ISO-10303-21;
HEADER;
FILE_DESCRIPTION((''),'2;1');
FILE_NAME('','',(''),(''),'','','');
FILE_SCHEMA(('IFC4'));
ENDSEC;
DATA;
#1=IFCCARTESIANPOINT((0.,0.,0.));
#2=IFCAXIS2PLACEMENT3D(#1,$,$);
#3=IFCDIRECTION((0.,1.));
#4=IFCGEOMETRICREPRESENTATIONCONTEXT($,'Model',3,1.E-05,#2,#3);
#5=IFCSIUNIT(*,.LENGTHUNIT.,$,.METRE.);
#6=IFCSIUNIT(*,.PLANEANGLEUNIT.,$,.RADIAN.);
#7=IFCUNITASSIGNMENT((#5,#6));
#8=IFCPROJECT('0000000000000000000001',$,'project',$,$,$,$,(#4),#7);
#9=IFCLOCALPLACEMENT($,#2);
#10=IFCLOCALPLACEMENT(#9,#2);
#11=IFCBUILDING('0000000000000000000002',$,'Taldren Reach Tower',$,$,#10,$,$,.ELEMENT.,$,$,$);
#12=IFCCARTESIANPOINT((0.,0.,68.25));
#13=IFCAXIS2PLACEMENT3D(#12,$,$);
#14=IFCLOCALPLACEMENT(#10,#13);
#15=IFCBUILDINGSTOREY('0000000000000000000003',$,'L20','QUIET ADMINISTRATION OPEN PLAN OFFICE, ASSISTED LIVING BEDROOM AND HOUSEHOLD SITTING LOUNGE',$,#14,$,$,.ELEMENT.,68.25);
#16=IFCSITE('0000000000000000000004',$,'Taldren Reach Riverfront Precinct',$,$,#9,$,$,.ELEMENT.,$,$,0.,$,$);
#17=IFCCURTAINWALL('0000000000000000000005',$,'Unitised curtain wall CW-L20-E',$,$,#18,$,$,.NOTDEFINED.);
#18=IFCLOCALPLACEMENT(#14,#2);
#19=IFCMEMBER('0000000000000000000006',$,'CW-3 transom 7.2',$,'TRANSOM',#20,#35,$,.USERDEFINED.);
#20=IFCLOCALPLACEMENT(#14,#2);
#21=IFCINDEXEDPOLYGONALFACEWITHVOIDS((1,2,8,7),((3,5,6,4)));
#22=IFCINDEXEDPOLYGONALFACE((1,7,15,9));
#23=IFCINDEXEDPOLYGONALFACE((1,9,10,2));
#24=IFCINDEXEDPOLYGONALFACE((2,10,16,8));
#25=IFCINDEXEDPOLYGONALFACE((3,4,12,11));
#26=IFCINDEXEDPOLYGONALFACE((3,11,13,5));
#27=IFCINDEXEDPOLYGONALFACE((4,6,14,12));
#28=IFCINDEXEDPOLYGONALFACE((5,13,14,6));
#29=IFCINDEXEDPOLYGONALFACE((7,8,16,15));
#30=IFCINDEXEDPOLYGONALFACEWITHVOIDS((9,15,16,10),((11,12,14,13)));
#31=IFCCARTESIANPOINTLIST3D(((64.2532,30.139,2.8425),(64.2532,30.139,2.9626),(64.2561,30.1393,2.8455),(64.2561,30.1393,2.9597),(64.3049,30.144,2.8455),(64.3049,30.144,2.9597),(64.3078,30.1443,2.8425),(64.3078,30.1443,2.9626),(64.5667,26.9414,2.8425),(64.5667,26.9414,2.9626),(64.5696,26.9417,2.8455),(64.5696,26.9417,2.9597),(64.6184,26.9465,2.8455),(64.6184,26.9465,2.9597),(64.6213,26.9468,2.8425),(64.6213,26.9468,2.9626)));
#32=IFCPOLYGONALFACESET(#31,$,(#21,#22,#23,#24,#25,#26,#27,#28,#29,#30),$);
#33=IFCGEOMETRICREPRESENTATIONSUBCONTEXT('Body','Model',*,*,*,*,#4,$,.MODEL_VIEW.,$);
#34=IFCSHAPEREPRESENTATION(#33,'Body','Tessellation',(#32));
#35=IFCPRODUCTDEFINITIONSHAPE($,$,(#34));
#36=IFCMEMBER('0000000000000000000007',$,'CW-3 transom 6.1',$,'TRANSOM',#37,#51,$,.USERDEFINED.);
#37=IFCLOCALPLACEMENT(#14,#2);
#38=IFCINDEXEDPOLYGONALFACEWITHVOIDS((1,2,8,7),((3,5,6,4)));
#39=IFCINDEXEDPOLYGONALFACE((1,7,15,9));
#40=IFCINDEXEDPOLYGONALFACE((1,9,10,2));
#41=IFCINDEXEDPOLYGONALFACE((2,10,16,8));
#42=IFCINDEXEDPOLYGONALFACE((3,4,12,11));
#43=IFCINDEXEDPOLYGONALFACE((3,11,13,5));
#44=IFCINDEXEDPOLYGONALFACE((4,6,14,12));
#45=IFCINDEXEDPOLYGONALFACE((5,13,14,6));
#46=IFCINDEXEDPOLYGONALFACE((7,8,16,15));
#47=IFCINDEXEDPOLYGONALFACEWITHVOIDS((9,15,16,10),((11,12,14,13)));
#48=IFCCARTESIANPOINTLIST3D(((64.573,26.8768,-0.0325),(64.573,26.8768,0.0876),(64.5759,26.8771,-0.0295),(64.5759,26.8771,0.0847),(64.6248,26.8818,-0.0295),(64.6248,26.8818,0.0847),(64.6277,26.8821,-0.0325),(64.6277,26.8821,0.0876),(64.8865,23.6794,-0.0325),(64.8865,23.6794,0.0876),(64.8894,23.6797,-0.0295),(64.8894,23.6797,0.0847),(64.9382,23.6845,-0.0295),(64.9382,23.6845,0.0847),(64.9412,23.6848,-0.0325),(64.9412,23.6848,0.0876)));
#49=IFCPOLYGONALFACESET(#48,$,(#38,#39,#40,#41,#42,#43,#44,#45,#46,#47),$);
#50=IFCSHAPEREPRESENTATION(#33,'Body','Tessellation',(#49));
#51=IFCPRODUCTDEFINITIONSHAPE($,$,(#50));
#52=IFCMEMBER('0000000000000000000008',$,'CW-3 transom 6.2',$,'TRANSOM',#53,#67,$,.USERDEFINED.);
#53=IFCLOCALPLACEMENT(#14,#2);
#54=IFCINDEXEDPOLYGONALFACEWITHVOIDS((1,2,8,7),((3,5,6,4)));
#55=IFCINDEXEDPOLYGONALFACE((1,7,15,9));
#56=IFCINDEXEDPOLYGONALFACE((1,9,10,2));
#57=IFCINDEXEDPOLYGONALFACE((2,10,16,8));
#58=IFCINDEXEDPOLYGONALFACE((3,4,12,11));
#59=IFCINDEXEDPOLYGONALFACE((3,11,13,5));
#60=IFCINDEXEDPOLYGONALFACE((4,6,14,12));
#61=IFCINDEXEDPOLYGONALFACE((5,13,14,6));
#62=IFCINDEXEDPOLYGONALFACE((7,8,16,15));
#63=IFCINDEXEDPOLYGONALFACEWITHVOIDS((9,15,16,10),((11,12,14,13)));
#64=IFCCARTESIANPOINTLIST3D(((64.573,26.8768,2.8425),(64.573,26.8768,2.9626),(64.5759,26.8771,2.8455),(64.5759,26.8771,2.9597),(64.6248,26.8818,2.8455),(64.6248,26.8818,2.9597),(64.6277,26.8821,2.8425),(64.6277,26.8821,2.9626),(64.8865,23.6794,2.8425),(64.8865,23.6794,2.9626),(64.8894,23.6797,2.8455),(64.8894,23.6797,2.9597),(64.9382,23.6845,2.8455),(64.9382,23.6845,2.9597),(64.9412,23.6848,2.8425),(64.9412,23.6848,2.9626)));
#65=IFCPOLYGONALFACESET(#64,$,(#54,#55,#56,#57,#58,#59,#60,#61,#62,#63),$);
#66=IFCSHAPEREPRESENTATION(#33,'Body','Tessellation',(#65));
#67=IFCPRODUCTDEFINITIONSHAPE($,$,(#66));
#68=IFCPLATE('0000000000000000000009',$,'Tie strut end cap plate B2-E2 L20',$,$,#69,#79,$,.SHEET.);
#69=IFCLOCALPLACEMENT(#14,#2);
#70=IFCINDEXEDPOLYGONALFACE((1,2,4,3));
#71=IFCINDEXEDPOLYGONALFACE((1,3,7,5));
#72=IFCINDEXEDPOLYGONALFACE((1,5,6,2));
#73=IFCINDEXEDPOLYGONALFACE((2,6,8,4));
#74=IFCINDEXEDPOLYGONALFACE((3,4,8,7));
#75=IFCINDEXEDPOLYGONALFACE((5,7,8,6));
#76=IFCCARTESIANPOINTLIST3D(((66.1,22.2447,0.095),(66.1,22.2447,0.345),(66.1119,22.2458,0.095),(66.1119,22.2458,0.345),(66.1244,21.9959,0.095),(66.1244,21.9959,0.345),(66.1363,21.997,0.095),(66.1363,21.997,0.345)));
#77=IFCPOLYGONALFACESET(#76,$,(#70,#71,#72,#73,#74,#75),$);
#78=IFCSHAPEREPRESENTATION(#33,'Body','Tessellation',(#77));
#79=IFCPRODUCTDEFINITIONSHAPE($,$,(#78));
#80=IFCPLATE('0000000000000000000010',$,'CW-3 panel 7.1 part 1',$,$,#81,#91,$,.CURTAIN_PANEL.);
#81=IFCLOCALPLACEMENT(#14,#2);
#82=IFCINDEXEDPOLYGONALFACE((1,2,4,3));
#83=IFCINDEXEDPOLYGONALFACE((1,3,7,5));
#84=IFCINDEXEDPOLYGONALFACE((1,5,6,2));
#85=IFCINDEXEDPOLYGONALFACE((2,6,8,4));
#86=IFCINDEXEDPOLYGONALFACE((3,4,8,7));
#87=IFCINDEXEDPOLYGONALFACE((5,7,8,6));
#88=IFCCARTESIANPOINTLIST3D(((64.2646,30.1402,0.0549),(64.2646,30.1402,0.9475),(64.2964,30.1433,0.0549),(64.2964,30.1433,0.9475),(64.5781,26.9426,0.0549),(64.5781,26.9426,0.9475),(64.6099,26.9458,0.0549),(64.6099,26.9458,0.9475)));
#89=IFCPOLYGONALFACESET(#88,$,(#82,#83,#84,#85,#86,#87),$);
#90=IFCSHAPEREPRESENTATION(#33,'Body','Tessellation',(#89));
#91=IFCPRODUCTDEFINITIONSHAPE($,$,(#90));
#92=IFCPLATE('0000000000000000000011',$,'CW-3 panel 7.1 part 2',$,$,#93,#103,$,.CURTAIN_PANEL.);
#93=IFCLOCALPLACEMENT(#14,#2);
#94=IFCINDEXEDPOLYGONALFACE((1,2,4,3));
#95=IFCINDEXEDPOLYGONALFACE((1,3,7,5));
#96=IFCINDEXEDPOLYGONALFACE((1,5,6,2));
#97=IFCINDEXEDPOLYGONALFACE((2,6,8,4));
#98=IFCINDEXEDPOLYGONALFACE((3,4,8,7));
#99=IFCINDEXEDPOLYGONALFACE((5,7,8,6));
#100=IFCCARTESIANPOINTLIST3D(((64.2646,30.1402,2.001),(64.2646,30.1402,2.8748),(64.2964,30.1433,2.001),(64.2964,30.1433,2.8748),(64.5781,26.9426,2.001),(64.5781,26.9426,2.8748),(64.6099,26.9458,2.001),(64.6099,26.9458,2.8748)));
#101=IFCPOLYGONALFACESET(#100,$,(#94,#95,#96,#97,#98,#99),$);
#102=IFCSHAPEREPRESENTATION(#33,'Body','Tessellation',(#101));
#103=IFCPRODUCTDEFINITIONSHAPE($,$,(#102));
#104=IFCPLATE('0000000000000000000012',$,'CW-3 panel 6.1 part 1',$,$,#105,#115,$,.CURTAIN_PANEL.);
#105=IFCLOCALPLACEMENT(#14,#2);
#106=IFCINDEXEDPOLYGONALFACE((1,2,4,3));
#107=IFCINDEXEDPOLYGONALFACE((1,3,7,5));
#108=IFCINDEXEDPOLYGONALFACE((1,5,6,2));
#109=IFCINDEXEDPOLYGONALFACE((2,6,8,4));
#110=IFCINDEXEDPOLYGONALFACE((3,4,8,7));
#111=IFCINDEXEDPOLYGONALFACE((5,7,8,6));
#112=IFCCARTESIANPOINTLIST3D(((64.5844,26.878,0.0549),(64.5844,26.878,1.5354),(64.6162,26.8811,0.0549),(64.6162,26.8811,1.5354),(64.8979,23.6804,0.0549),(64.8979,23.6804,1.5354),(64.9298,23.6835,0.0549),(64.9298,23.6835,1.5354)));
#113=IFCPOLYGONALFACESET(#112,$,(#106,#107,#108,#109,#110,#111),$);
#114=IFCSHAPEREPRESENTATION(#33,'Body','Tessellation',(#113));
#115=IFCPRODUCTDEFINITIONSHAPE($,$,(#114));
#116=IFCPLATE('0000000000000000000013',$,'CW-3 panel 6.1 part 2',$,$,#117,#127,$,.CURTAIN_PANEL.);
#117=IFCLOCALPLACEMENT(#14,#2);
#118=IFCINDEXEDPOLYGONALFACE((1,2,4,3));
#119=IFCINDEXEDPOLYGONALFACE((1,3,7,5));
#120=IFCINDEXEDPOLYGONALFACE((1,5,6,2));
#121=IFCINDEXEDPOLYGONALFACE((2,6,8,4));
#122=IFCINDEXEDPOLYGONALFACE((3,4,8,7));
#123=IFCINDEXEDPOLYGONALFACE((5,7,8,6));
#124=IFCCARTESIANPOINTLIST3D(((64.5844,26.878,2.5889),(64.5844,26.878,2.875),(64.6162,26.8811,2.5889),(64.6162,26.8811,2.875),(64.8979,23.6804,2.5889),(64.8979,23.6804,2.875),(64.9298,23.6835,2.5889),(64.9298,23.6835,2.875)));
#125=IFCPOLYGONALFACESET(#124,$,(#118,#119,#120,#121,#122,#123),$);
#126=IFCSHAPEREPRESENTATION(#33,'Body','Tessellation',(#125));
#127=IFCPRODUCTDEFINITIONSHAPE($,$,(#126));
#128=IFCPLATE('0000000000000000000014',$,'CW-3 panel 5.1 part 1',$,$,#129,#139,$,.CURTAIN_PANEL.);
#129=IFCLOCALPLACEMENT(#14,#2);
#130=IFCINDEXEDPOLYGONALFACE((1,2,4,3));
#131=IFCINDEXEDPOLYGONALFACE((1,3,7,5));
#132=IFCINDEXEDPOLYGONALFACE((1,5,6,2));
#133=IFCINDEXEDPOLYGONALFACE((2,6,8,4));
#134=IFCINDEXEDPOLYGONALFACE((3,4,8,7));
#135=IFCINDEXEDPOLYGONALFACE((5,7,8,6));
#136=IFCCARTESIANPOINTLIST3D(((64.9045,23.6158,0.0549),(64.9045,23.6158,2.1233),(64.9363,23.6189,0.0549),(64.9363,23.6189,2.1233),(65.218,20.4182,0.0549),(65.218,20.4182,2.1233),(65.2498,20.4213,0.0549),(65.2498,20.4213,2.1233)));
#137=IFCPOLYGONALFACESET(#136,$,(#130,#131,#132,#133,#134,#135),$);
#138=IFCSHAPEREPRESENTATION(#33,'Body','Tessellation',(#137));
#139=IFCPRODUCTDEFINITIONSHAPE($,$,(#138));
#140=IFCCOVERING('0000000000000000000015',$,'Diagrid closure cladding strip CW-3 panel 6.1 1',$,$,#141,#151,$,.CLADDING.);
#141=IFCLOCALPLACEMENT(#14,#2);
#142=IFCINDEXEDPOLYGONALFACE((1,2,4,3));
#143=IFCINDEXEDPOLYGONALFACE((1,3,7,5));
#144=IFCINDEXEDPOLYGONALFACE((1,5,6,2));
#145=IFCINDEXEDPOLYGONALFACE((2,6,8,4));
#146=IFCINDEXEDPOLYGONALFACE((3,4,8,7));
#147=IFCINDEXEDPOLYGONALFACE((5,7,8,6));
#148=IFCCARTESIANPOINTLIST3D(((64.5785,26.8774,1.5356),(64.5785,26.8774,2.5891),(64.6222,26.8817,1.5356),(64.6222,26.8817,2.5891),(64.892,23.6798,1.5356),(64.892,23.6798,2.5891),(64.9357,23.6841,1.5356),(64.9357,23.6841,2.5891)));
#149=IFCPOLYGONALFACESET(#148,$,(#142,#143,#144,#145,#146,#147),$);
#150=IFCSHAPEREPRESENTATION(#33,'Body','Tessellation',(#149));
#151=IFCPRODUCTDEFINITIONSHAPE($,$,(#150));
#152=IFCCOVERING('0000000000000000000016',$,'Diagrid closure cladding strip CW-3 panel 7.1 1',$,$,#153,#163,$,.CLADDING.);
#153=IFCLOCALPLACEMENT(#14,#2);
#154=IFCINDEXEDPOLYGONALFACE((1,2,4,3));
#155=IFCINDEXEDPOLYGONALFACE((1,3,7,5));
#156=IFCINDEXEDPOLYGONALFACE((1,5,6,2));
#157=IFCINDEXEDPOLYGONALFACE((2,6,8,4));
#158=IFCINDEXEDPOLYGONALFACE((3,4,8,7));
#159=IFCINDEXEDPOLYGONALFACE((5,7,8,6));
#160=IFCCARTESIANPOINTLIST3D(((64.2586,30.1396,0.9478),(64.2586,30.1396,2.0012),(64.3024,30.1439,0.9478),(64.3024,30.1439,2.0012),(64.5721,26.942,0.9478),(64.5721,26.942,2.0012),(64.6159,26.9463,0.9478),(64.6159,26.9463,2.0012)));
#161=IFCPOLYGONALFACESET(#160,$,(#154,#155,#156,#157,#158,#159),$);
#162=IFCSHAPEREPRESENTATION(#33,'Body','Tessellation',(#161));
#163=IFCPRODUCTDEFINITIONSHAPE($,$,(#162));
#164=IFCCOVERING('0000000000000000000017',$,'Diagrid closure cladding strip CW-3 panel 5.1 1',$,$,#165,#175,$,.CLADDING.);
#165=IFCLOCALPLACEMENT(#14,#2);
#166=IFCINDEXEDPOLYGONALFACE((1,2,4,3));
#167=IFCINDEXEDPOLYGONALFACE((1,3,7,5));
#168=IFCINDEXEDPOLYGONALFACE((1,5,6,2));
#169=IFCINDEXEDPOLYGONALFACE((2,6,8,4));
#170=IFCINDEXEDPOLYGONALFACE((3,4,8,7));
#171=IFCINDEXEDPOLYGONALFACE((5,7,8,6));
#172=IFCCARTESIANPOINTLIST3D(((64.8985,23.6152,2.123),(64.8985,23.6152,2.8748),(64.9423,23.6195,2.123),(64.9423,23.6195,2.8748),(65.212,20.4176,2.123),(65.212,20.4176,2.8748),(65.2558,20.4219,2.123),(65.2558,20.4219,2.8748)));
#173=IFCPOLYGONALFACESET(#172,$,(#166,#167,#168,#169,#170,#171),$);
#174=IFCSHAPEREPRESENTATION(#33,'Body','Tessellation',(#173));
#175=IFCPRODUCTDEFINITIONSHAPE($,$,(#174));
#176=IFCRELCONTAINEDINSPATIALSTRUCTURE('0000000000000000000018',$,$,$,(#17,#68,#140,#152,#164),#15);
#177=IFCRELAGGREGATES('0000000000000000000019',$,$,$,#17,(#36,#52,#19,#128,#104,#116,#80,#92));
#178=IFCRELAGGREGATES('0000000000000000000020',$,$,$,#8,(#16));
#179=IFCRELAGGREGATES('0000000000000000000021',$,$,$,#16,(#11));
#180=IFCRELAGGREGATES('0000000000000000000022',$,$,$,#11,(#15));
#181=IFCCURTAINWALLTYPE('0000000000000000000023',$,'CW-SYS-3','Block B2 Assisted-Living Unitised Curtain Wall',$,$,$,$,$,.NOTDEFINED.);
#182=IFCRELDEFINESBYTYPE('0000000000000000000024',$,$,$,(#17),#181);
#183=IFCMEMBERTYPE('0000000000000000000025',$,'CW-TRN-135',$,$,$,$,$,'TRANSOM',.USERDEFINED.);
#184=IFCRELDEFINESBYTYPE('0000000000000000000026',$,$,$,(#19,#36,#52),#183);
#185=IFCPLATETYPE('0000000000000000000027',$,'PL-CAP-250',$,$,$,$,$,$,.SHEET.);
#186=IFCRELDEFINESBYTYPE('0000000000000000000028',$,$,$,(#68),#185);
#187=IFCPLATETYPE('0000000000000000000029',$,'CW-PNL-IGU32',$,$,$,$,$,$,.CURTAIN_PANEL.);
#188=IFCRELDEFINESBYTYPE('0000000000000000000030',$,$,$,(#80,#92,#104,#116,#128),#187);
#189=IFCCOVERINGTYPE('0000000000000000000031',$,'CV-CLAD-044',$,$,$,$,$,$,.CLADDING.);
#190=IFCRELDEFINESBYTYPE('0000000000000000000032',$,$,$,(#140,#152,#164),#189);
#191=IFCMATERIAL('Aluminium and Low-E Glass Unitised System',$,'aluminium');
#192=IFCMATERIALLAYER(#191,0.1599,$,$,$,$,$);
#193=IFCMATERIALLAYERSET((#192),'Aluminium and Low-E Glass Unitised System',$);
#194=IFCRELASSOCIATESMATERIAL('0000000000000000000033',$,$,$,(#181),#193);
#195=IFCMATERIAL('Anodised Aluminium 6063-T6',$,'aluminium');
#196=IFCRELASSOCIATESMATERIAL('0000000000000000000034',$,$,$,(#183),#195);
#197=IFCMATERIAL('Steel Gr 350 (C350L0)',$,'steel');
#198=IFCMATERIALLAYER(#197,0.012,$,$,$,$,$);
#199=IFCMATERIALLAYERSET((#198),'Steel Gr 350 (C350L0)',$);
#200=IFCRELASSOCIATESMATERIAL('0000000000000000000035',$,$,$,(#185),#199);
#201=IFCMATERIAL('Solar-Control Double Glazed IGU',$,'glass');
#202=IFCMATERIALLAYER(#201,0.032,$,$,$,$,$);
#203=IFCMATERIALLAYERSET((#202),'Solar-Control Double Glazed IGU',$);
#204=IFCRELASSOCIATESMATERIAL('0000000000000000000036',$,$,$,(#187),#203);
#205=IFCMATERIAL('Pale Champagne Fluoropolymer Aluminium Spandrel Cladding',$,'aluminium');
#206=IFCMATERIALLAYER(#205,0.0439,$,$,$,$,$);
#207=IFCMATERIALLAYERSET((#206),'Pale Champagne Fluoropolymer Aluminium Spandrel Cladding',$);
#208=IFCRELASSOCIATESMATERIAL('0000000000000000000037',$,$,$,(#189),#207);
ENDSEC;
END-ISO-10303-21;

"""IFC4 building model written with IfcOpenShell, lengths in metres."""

from ifc_helpers import new_model, si_unit, direction, frame, origin, origin_2d, place, context, subcontext, project, spatial, rectangle, hollow_rectangle, extrude, source, transform, mapped, material, layer, layer_set, material_profile, profile_set, type_object, element, aggregate, save


model = new_model("IFC4")

# Units and contexts
model_context = context("Model", 3, precision=1e-05, world=origin(), true_north=direction((0.0, 1.0)))
body_context = subcontext(model_context, "Body", "Model", "MODEL_VIEW")
ifc_project = project(units=[si_unit("LENGTHUNIT", "METRE"), si_unit("PLANEANGLEUNIT", "RADIAN")], contexts=[model_context])

# Site, building, storey
site_placement = place(None, origin())
site = spatial("IfcSite", under=ifc_project, at=site_placement, Name="Taldren Reach Riverfront Precinct", CompositionType="ELEMENT", RefElevation=0.0)
building_placement = place(site_placement, origin())
building = spatial("IfcBuilding", under=site, at=building_placement, Name="Taldren Reach Tower", CompositionType="ELEMENT")
storey_placement = place(building_placement, frame((0.0, 0.0, 68.25)))
storey = spatial("IfcBuildingStorey", under=building, at=storey_placement, Name="L20", Description="QUIET ADMINISTRATION OPEN PLAN OFFICE, ASSISTED LIVING BEDROOM AND HOUSEHOLD SITTING LOUNGE", CompositionType="ELEMENT", Elevation=68.25)

# Shared definitions
ifc_material_1 = material(Name="Steel Gr 350 (C350L0)", Category="steel")

# Curtain wall, members
ifc_material_2 = material(Name="Aluminium and Low-E Glass Unitised System", Category="aluminium")
ifc_layer_1 = layer(ifc_material_2, 0.1599)
ifc_layer_set_1 = layer_set([ifc_layer_1], Name="Aluminium and Low-E Glass Unitised System")
curtain_wall_type = type_object("IfcCurtainWallType", Name="CW-SYS-3", Description="Block B2 Assisted-Living Unitised Curtain Wall", PredefinedType="NOTDEFINED", material=ifc_layer_set_1)
curtain_wall_placement = place(storey_placement, origin())
curtain_wall = element("IfcCurtainWall", 1, at=curtain_wall_placement, inside=storey, type_object=curtain_wall_type, Name="Unitised curtain wall CW-L20-E", PredefinedType="NOTDEFINED")
ifc_material_3 = material(Name="Anodised Aluminium 6063-T6", Category="aluminium")
ifc_material_profile_1 = material_profile(ifc_material_3, hollow_rectangle(XDim=0.0549, YDim=0.1201, WallThickness=0.0029, at=origin_2d()), Name="ALU-120x55x3RHS")
ifc_profile_set_1 = profile_set([ifc_material_profile_1], Name="Anodised Aluminium 6063-T6")
member_type_1 = type_object("IfcMemberType", Name="CW-TRN-135", ElementType="TRANSOM", PredefinedType="USERDEFINED", material=ifc_profile_set_1)
shared_shape_1 = source(origin(), body_context, "Body", "SweptSolid", [
    extrude(hollow_rectangle(XDim=0.0549, YDim=0.1201, WallThickness=0.0029, at=origin_2d()), origin(), (0.0, 0.0, 1.0), 3.2129),
])
member_1_placement = place(storey_placement, frame((64.594, 26.9441, 2.9026), z_axis=(-0.09757, 0.995229, 0.0), x_axis=(-0.995229, -0.09757, 0.0)))
member_1 = element("IfcMember", 2, at=member_1_placement, type_object=member_type_1, Name="CW-3 transom 7.2", ObjectType="TRANSOM", PredefinedType="USERDEFINED", context=body_context, shape_type="MappedRepresentation", body=[
    mapped(shared_shape_1, transform((0.0, 0.0, 0.0), scale=1.0)),
])
shared_shape_2 = source(origin(), body_context, "Body", "SweptSolid", [
    extrude(hollow_rectangle(XDim=0.0549, YDim=0.1201, WallThickness=0.0029, at=origin_2d()), origin(), (0.0, 0.0, 1.0), 3.2126),
])
member_2_placement = place(storey_placement, frame((64.9138, 23.6821, 0.0276), z_axis=(-0.097577, 0.995228, 0.0), x_axis=(-0.995228, -0.097577, 0.0)))
member_2 = element("IfcMember", 3, at=member_2_placement, type_object=member_type_1, Name="CW-3 transom 6.1", ObjectType="TRANSOM", PredefinedType="USERDEFINED", context=body_context, shape_type="MappedRepresentation", body=[
    mapped(shared_shape_2, transform((0.0, 0.0, 0.0), scale=1.0)),
])
member_3_placement = place(storey_placement, frame((64.9138, 23.6821, 2.9026), z_axis=(-0.097577, 0.995228, 0.0), x_axis=(-0.995228, -0.097577, 0.0)))
member_3 = element("IfcMember", 4, at=member_3_placement, type_object=member_type_1, Name="CW-3 transom 6.2", ObjectType="TRANSOM", PredefinedType="USERDEFINED", context=body_context, shape_type="MappedRepresentation", body=[
    mapped(shared_shape_2, transform((0.0, 0.0, 0.0), scale=1.0)),
])

# Plates
ifc_layer_2 = layer(ifc_material_1, 0.012)
ifc_layer_set_2 = layer_set([ifc_layer_2], Name="Steel Gr 350 (C350L0)")
plate_type_1 = type_object("IfcPlateType", Name="PL-CAP-250", PredefinedType="SHEET", material=ifc_layer_set_2)
shared_shape_3 = source(origin(), body_context, "Body", "SweptSolid", [
    extrude(rectangle(XDim=0.012, YDim=0.25, at=origin_2d()), origin(), (0.0, 0.0, 1.0), 0.25),
])
plate_1_placement = place(storey_placement, frame((66.1182, 22.1208, 0.095), z_axis=(0.0, 0.0, 1.0), x_axis=(0.995227, 0.097583, 0.0)))
element("IfcPlate", 5, at=plate_1_placement, inside=storey, type_object=plate_type_1, Name="Tie strut end cap plate B2-E2 L20", PredefinedType="SHEET", context=body_context, shape_type="MappedRepresentation", body=[
    mapped(shared_shape_3, transform((0.0, 0.0, 0.0), scale=1.0)),
])
ifc_material_4 = material(Name="Solar-Control Double Glazed IGU", Category="glass")
ifc_layer_3 = layer(ifc_material_4, 0.032)
ifc_layer_set_3 = layer_set([ifc_layer_3], Name="Solar-Control Double Glazed IGU")
plate_type_2 = type_object("IfcPlateType", Name="CW-PNL-IGU32", PredefinedType="CURTAIN_PANEL", material=ifc_layer_set_3)
shared_shape_4 = source(origin(), body_context, "Body", "SweptSolid", [
    extrude(rectangle(XDim=3.2129, YDim=0.032, at=origin_2d()), origin(), (0.0, 0.0, 1.0), 0.8926),
])
plate_2_placement = place(storey_placement, frame((64.4373, 28.543, 0.0549), z_axis=(0.0, 0.0, 1.0), x_axis=(-0.097583, 0.995227, 0.0)))
plate_2 = element("IfcPlate", 6, at=plate_2_placement, type_object=plate_type_2, Name="CW-3 panel 7.1 part 1", PredefinedType="CURTAIN_PANEL", context=body_context, shape_type="MappedRepresentation", body=[
    mapped(shared_shape_4, transform((0.0, 0.0, 0.0), scale=1.0)),
])
shared_shape_5 = source(origin(), body_context, "Body", "SweptSolid", [
    extrude(rectangle(XDim=3.2129, YDim=0.032, at=origin_2d()), origin(), (0.0, 0.0, 1.0), 0.8738),
])
plate_3_placement = place(storey_placement, frame((64.4373, 28.543, 2.001), z_axis=(0.0, 0.0, 1.0), x_axis=(-0.097583, 0.995227, 0.0)))
plate_3 = element("IfcPlate", 7, at=plate_3_placement, type_object=plate_type_2, Name="CW-3 panel 7.1 part 2", PredefinedType="CURTAIN_PANEL", context=body_context, shape_type="MappedRepresentation", body=[
    mapped(shared_shape_5, transform((0.0, 0.0, 0.0), scale=1.0)),
])
shared_shape_6 = source(origin(), body_context, "Body", "SweptSolid", [
    extrude(rectangle(XDim=3.2129, YDim=0.032, at=origin_2d()), origin(), (0.0, 0.0, 1.0), 1.4805),
])
plate_4_placement = place(storey_placement, frame((64.7571, 25.2808, 0.0549), z_axis=(0.0, 0.0, 1.0), x_axis=(-0.097583, 0.995227, 0.0)))
plate_4 = element("IfcPlate", 8, at=plate_4_placement, type_object=plate_type_2, Name="CW-3 panel 6.1 part 1", PredefinedType="CURTAIN_PANEL", context=body_context, shape_type="MappedRepresentation", body=[
    mapped(shared_shape_6, transform((0.0, 0.0, 0.0), scale=1.0)),
])
shared_shape_7 = source(origin(), body_context, "Body", "SweptSolid", [
    extrude(rectangle(XDim=3.2129, YDim=0.032, at=origin_2d()), origin(), (0.0, 0.0, 1.0), 0.2861),
])
plate_5_placement = place(storey_placement, frame((64.7571, 25.2808, 2.5889), z_axis=(0.0, 0.0, 1.0), x_axis=(-0.097583, 0.995227, 0.0)))
plate_5 = element("IfcPlate", 9, at=plate_5_placement, type_object=plate_type_2, Name="CW-3 panel 6.1 part 2", PredefinedType="CURTAIN_PANEL", context=body_context, shape_type="MappedRepresentation", body=[
    mapped(shared_shape_7, transform((0.0, 0.0, 0.0), scale=1.0)),
])
shared_shape_8 = source(origin(), body_context, "Body", "SweptSolid", [
    extrude(rectangle(XDim=3.2129, YDim=0.032, at=origin_2d()), origin(), (0.0, 0.0, 1.0), 2.0684),
])
plate_6_placement = place(storey_placement, frame((65.0771, 22.0186, 0.0549), z_axis=(0.0, 0.0, 1.0), x_axis=(-0.097583, 0.995227, 0.0)))
plate_6 = element("IfcPlate", 10, at=plate_6_placement, type_object=plate_type_2, Name="CW-3 panel 5.1 part 1", PredefinedType="CURTAIN_PANEL", context=body_context, shape_type="MappedRepresentation", body=[
    mapped(shared_shape_8, transform((0.0, 0.0, 0.0), scale=1.0)),
])
aggregate(curtain_wall, [member_2, member_3, member_1, plate_6, plate_4, plate_5, plate_2, plate_3])

# Coverings
ifc_material_5 = material(Name="Pale Champagne Fluoropolymer Aluminium Spandrel Cladding", Category="aluminium")
ifc_layer_4 = layer(ifc_material_5, 0.0439)
ifc_layer_set_4 = layer_set([ifc_layer_4], Name="Pale Champagne Fluoropolymer Aluminium Spandrel Cladding")
covering_type = type_object("IfcCoveringType", Name="CV-CLAD-044", PredefinedType="CLADDING", material=ifc_layer_set_4)
shared_shape_9 = source(origin(), body_context, "Body", "SweptSolid", [
    extrude(rectangle(XDim=3.2129, YDim=0.0439, at=origin_2d()), origin(), (0.0, 0.0, 1.0), 1.0535),
])
for number, where, z_axis, x_axis, name in (
    (11, (64.7571, 25.2808, 1.5356), (0.0, 0.0, 1.0), (-0.097583, 0.995227, 0.0), "Diagrid closure cladding strip CW-3 panel 6.1 1"),
    (12, (64.4373, 28.543, 0.9478), (0.0, 0.0, 1.0), (-0.097583, 0.995227, 0.0), "Diagrid closure cladding strip CW-3 panel 7.1 1"),
):
    element("IfcCovering", number, at=place(storey_placement, frame(where, z_axis=z_axis, x_axis=x_axis)), inside=storey, type_object=covering_type, Name=name, PredefinedType="CLADDING", context=body_context, shape_type="MappedRepresentation", body=[
        mapped(shared_shape_9, transform((0.0, 0.0, 0.0), scale=1.0)),
    ])
shared_shape_10 = source(origin(), body_context, "Body", "SweptSolid", [
    extrude(rectangle(XDim=3.2129, YDim=0.0439, at=origin_2d()), origin(), (0.0, 0.0, 1.0), 0.7517),
])
covering_placement = place(storey_placement, frame((65.0771, 22.0186, 2.123), z_axis=(0.0, 0.0, 1.0), x_axis=(-0.097583, 0.995227, 0.0)))
element("IfcCovering", 13, at=covering_placement, inside=storey, type_object=covering_type, Name="Diagrid closure cladding strip CW-3 panel 5.1 1", PredefinedType="CLADDING", context=body_context, shape_type="MappedRepresentation", body=[
    mapped(shared_shape_10, transform((0.0, 0.0, 0.0), scale=1.0)),
])

save(model, "model.ifc")
